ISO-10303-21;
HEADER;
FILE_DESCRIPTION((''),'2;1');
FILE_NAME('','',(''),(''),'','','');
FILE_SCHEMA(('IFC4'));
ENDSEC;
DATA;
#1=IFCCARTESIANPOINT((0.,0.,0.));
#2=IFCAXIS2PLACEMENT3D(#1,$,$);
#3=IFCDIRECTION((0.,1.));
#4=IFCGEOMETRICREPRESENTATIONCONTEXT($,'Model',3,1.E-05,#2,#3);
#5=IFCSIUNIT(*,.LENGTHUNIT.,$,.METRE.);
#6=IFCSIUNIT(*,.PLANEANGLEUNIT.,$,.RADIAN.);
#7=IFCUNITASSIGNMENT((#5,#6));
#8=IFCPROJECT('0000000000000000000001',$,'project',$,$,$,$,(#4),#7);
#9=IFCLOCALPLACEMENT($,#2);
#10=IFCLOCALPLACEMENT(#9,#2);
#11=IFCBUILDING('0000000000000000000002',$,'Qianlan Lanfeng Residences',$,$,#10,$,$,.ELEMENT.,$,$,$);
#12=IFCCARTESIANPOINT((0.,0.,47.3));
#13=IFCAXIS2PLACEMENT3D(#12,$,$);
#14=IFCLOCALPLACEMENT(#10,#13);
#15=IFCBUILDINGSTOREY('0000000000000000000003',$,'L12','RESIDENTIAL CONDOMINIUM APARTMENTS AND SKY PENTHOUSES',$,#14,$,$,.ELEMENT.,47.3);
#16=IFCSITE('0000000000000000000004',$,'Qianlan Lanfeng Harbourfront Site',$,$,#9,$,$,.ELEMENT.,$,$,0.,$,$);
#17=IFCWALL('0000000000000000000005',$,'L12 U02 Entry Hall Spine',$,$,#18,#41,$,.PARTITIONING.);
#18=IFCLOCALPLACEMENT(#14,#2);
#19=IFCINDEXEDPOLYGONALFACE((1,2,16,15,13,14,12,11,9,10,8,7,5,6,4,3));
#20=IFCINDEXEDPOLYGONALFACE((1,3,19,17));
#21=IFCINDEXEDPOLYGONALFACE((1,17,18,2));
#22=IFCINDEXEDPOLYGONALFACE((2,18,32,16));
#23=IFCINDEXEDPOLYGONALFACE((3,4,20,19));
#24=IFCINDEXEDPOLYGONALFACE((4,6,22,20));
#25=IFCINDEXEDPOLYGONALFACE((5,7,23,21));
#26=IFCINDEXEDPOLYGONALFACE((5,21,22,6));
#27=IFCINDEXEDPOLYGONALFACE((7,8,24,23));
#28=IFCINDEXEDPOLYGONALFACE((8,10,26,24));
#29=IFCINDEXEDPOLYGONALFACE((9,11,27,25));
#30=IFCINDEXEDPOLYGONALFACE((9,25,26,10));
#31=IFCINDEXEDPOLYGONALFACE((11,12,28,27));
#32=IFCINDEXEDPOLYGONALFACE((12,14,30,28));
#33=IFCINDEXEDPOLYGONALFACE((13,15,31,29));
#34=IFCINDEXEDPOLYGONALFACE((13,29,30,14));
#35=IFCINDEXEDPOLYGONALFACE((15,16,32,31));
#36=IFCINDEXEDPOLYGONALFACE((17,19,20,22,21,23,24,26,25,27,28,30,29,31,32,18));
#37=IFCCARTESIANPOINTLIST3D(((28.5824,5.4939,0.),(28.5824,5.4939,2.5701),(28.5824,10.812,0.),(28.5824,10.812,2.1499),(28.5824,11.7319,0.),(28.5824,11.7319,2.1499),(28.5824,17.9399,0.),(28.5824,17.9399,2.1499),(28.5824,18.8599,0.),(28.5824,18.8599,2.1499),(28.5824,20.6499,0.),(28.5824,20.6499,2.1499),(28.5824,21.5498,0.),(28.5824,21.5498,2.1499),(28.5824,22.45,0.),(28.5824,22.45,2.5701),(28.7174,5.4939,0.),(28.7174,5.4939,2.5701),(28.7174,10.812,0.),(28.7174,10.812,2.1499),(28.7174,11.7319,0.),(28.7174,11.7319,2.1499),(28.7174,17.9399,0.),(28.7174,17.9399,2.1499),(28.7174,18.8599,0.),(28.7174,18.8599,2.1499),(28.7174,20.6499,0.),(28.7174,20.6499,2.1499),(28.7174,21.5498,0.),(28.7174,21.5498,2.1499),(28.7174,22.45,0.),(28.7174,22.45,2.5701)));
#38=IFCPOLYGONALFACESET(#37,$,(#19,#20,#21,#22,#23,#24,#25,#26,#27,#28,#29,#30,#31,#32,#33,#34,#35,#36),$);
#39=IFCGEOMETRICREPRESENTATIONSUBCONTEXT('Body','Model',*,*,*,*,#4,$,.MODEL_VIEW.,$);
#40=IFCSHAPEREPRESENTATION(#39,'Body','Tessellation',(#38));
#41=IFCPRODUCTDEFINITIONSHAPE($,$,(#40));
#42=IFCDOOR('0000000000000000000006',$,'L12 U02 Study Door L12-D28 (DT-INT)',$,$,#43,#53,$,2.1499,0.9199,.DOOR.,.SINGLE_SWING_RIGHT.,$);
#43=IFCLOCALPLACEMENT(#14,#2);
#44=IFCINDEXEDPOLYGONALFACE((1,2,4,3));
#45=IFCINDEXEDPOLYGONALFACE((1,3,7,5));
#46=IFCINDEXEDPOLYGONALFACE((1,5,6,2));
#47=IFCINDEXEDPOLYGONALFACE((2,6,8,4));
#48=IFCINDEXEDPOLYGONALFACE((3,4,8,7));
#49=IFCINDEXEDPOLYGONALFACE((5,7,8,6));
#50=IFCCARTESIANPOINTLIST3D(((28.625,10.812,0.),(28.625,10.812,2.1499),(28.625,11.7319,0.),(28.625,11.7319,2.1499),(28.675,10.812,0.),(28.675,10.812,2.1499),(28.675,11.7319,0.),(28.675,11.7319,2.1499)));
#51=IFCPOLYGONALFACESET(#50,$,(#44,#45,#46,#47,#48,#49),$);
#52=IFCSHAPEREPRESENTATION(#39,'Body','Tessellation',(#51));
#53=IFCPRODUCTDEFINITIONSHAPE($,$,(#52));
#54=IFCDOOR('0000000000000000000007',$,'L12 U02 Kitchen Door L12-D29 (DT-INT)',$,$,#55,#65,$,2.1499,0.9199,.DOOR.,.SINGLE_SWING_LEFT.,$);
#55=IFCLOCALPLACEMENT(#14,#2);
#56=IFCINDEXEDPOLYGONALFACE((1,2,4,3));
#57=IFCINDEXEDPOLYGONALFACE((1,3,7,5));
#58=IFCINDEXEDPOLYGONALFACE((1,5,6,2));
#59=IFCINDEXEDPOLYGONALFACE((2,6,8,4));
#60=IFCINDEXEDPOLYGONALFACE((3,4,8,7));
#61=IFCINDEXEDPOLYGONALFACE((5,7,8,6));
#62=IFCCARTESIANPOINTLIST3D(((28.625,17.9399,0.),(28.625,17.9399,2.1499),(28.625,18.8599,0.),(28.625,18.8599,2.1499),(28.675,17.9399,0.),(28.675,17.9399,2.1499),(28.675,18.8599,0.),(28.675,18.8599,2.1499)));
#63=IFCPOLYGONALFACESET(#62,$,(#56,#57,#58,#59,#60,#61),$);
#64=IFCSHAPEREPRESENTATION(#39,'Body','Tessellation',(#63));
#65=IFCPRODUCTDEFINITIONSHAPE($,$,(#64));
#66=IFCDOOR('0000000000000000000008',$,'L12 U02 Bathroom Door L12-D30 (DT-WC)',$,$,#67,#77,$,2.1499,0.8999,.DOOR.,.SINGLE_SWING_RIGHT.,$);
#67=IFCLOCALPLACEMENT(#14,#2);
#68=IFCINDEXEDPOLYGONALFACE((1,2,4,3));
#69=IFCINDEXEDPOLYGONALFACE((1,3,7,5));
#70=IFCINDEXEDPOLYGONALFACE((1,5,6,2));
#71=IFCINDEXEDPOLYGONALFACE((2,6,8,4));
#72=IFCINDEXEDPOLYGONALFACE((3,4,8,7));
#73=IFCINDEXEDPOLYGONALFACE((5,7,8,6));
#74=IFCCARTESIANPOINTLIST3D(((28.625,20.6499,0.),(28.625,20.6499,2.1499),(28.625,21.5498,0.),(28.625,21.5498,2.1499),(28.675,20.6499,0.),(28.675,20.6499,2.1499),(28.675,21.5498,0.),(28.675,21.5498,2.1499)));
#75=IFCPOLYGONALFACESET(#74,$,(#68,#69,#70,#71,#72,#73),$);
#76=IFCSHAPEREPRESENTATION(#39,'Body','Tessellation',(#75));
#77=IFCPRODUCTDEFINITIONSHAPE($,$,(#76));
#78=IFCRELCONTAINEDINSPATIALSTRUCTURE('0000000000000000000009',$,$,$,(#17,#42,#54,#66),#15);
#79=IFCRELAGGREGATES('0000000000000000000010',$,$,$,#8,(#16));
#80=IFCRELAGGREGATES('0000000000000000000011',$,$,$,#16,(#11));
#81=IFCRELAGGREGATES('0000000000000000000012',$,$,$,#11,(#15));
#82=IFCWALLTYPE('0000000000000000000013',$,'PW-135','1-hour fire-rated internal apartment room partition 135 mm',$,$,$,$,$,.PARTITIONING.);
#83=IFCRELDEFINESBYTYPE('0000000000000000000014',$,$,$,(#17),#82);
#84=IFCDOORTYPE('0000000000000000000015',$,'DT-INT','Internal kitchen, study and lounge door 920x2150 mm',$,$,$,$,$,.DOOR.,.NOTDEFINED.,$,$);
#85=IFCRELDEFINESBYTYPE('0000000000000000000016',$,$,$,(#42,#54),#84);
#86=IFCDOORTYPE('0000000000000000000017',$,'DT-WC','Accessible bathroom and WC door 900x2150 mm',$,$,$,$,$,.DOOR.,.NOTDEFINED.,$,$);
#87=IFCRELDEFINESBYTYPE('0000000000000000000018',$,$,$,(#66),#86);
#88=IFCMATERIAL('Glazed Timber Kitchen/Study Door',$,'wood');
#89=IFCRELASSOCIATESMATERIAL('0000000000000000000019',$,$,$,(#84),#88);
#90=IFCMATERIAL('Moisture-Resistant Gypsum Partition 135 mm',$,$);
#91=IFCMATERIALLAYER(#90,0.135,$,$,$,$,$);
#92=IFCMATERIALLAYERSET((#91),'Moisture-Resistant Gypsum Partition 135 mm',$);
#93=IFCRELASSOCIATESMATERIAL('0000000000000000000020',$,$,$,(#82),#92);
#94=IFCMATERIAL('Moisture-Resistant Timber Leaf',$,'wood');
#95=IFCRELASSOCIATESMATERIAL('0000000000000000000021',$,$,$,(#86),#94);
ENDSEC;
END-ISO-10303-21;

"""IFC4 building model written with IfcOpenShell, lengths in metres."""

from ifc_helpers import new_model, si_unit, direction, frame, frame_2d, origin, place, context, subcontext, project, spatial, rectangle, extrude, material, layer, layer_set, type_object, element, fill, save


model = new_model("IFC4")

# Units and contexts
model_context = context("Model", 3, precision=1e-05, world=origin(), true_north=direction((0.0, 1.0)))
body_context = subcontext(model_context, "Body", "Model", "MODEL_VIEW")
ifc_project = project(units=[si_unit("LENGTHUNIT", "METRE"), si_unit("PLANEANGLEUNIT", "RADIAN")], contexts=[model_context])

# Site, building, storey
site_placement = place(None, origin())
site = spatial("IfcSite", under=ifc_project, at=site_placement, Name="Qianlan Lanfeng Harbourfront Site", CompositionType="ELEMENT", RefElevation=0.0)
building_placement = place(site_placement, origin())
building = spatial("IfcBuilding", under=site, at=building_placement, Name="Qianlan Lanfeng Residences", CompositionType="ELEMENT")
storey_placement = place(building_placement, frame((0.0, 0.0, 47.3)))
storey = spatial("IfcBuildingStorey", under=building, at=storey_placement, Name="L12", Description="RESIDENTIAL CONDOMINIUM APARTMENTS AND SKY PENTHOUSES", CompositionType="ELEMENT", Elevation=47.3)

# Shared definitions
ifc_material_1 = material(Name="Glazed Timber Kitchen/Study Door", Category="wood")
door_type_1 = type_object("IfcDoorType", Name="DT-INT", Description="Internal kitchen, study and lounge door 920x2150 mm", OperationType="NOTDEFINED", PredefinedType="DOOR", material=ifc_material_1)

# Shared definitions
ifc_material_2 = material(Name="Moisture-Resistant Gypsum Partition 135 mm")
ifc_layer_1 = layer(ifc_material_2, 0.135)
ifc_layer_set_1 = layer_set([ifc_layer_1], Name="Moisture-Resistant Gypsum Partition 135 mm")
wall_type_1 = type_object("IfcWallType", Name="PW-135", Description="1-hour fire-rated internal apartment room partition 135 mm", PredefinedType="PARTITIONING", material=ifc_layer_set_1)

# Wall, openings, doors
wall_1_placement = place(storey_placement, frame((28.6499, 5.4939, 0.0), z_axis=(0.0, 0.0, 1.0), x_axis=(0.0, 1.0, 0.0)))
wall_1 = element("IfcWall", 1, at=wall_1_placement, inside=storey, type_object=wall_type_1, Name="L12 U02 Entry Hall Spine", PredefinedType="PARTITIONING", context=body_context, shape_type="SweptSolid", body=[
    extrude(rectangle(XDim=16.9561, YDim=0.135, at=frame_2d((8.478, 0.0))), origin(), (0.0, 0.0, 1.0), 2.5701),
])
opening_1_placement = place(wall_1_placement, frame((5.3181, 0.0, 0.0)))
opening_1 = element("IfcOpeningElement", 2, at=opening_1_placement, cuts=wall_1, PredefinedType="OPENING", context=body_context, shape_type="SweptSolid", body=[
    extrude(rectangle(XDim=0.9199, YDim=2.1499, at=frame_2d((0.46, 1.075))), frame((0.0, 0.0776, 0.0), z_axis=(0.0, -1.0, 0.0), x_axis=(1.0, 0.0, 0.0)), (0.0, 0.0, 1.0), 0.155),
])
opening_2_placement = place(wall_1_placement, frame((12.446, 0.0, 0.0)))
opening_2 = element("IfcOpeningElement", 3, at=opening_2_placement, cuts=wall_1, PredefinedType="OPENING", context=body_context, shape_type="SweptSolid", body=[
    extrude(rectangle(XDim=0.9199, YDim=2.1499, at=frame_2d((0.46, 1.075))), frame((0.0, 0.0776, 0.0), z_axis=(0.0, -1.0, 0.0), x_axis=(1.0, 0.0, 0.0)), (0.0, 0.0, 1.0), 0.155),
])
opening_3_placement = place(wall_1_placement, frame((15.156, 0.0, 0.0)))
opening_3 = element("IfcOpeningElement", 4, at=opening_3_placement, cuts=wall_1, PredefinedType="OPENING", context=body_context, shape_type="SweptSolid", body=[
    extrude(rectangle(XDim=0.8999, YDim=2.1499, at=frame_2d((0.45, 1.075))), frame((0.0, 0.0776, 0.0), z_axis=(0.0, -1.0, 0.0), x_axis=(1.0, 0.0, 0.0)), (0.0, 0.0, 1.0), 0.155),
])
door_1_placement = place(opening_1_placement, origin())
door_1 = element("IfcDoor", 5, at=door_1_placement, inside=storey, type_object=door_type_1, Name="L12 U02 Study Door L12-D28 (DT-INT)", OperationType="SINGLE_SWING_RIGHT", OverallHeight=2.1499, OverallWidth=0.9199, PredefinedType="DOOR", context=body_context, shape_type="SweptSolid", body=[
    extrude(rectangle(XDim=0.9199, YDim=2.1499, at=frame_2d((0.46, 1.075))), frame((0.0, 0.0249, 0.0), z_axis=(0.0, -1.0, 0.0), x_axis=(1.0, 0.0, 0.0)), (0.0, 0.0, 1.0), 0.05),
])
fill(opening_1, door_1)
door_2_placement = place(opening_2_placement, origin())
door_2 = element("IfcDoor", 6, at=door_2_placement, inside=storey, type_object=door_type_1, Name="L12 U02 Kitchen Door L12-D29 (DT-INT)", OperationType="SINGLE_SWING_LEFT", OverallHeight=2.1499, OverallWidth=0.9199, PredefinedType="DOOR", context=body_context, shape_type="SweptSolid", body=[
    extrude(rectangle(XDim=0.9199, YDim=2.1499, at=frame_2d((0.46, 1.075))), frame((0.0, 0.0249, 0.0), z_axis=(0.0, -1.0, 0.0), x_axis=(1.0, 0.0, 0.0)), (0.0, 0.0, 1.0), 0.05),
])
fill(opening_2, door_2)
ifc_material_3 = material(Name="Moisture-Resistant Timber Leaf", Category="wood")
door_type_2 = type_object("IfcDoorType", Name="DT-WC", Description="Accessible bathroom and WC door 900x2150 mm", OperationType="NOTDEFINED", PredefinedType="DOOR", material=ifc_material_3)
door_3_placement = place(opening_3_placement, origin())
door_3 = element("IfcDoor", 7, at=door_3_placement, inside=storey, type_object=door_type_2, Name="L12 U02 Bathroom Door L12-D30 (DT-WC)", OperationType="SINGLE_SWING_RIGHT", OverallHeight=2.1499, OverallWidth=0.8999, PredefinedType="DOOR", context=body_context, shape_type="SweptSolid", body=[
    extrude(rectangle(XDim=0.8999, YDim=2.1499, at=frame_2d((0.45, 1.075))), frame((0.0, 0.0249, 0.0), z_axis=(0.0, -1.0, 0.0), x_axis=(1.0, 0.0, 0.0)), (0.0, 0.0, 1.0), 0.05),
])
fill(opening_3, door_3)

save(model, "model.ifc")
